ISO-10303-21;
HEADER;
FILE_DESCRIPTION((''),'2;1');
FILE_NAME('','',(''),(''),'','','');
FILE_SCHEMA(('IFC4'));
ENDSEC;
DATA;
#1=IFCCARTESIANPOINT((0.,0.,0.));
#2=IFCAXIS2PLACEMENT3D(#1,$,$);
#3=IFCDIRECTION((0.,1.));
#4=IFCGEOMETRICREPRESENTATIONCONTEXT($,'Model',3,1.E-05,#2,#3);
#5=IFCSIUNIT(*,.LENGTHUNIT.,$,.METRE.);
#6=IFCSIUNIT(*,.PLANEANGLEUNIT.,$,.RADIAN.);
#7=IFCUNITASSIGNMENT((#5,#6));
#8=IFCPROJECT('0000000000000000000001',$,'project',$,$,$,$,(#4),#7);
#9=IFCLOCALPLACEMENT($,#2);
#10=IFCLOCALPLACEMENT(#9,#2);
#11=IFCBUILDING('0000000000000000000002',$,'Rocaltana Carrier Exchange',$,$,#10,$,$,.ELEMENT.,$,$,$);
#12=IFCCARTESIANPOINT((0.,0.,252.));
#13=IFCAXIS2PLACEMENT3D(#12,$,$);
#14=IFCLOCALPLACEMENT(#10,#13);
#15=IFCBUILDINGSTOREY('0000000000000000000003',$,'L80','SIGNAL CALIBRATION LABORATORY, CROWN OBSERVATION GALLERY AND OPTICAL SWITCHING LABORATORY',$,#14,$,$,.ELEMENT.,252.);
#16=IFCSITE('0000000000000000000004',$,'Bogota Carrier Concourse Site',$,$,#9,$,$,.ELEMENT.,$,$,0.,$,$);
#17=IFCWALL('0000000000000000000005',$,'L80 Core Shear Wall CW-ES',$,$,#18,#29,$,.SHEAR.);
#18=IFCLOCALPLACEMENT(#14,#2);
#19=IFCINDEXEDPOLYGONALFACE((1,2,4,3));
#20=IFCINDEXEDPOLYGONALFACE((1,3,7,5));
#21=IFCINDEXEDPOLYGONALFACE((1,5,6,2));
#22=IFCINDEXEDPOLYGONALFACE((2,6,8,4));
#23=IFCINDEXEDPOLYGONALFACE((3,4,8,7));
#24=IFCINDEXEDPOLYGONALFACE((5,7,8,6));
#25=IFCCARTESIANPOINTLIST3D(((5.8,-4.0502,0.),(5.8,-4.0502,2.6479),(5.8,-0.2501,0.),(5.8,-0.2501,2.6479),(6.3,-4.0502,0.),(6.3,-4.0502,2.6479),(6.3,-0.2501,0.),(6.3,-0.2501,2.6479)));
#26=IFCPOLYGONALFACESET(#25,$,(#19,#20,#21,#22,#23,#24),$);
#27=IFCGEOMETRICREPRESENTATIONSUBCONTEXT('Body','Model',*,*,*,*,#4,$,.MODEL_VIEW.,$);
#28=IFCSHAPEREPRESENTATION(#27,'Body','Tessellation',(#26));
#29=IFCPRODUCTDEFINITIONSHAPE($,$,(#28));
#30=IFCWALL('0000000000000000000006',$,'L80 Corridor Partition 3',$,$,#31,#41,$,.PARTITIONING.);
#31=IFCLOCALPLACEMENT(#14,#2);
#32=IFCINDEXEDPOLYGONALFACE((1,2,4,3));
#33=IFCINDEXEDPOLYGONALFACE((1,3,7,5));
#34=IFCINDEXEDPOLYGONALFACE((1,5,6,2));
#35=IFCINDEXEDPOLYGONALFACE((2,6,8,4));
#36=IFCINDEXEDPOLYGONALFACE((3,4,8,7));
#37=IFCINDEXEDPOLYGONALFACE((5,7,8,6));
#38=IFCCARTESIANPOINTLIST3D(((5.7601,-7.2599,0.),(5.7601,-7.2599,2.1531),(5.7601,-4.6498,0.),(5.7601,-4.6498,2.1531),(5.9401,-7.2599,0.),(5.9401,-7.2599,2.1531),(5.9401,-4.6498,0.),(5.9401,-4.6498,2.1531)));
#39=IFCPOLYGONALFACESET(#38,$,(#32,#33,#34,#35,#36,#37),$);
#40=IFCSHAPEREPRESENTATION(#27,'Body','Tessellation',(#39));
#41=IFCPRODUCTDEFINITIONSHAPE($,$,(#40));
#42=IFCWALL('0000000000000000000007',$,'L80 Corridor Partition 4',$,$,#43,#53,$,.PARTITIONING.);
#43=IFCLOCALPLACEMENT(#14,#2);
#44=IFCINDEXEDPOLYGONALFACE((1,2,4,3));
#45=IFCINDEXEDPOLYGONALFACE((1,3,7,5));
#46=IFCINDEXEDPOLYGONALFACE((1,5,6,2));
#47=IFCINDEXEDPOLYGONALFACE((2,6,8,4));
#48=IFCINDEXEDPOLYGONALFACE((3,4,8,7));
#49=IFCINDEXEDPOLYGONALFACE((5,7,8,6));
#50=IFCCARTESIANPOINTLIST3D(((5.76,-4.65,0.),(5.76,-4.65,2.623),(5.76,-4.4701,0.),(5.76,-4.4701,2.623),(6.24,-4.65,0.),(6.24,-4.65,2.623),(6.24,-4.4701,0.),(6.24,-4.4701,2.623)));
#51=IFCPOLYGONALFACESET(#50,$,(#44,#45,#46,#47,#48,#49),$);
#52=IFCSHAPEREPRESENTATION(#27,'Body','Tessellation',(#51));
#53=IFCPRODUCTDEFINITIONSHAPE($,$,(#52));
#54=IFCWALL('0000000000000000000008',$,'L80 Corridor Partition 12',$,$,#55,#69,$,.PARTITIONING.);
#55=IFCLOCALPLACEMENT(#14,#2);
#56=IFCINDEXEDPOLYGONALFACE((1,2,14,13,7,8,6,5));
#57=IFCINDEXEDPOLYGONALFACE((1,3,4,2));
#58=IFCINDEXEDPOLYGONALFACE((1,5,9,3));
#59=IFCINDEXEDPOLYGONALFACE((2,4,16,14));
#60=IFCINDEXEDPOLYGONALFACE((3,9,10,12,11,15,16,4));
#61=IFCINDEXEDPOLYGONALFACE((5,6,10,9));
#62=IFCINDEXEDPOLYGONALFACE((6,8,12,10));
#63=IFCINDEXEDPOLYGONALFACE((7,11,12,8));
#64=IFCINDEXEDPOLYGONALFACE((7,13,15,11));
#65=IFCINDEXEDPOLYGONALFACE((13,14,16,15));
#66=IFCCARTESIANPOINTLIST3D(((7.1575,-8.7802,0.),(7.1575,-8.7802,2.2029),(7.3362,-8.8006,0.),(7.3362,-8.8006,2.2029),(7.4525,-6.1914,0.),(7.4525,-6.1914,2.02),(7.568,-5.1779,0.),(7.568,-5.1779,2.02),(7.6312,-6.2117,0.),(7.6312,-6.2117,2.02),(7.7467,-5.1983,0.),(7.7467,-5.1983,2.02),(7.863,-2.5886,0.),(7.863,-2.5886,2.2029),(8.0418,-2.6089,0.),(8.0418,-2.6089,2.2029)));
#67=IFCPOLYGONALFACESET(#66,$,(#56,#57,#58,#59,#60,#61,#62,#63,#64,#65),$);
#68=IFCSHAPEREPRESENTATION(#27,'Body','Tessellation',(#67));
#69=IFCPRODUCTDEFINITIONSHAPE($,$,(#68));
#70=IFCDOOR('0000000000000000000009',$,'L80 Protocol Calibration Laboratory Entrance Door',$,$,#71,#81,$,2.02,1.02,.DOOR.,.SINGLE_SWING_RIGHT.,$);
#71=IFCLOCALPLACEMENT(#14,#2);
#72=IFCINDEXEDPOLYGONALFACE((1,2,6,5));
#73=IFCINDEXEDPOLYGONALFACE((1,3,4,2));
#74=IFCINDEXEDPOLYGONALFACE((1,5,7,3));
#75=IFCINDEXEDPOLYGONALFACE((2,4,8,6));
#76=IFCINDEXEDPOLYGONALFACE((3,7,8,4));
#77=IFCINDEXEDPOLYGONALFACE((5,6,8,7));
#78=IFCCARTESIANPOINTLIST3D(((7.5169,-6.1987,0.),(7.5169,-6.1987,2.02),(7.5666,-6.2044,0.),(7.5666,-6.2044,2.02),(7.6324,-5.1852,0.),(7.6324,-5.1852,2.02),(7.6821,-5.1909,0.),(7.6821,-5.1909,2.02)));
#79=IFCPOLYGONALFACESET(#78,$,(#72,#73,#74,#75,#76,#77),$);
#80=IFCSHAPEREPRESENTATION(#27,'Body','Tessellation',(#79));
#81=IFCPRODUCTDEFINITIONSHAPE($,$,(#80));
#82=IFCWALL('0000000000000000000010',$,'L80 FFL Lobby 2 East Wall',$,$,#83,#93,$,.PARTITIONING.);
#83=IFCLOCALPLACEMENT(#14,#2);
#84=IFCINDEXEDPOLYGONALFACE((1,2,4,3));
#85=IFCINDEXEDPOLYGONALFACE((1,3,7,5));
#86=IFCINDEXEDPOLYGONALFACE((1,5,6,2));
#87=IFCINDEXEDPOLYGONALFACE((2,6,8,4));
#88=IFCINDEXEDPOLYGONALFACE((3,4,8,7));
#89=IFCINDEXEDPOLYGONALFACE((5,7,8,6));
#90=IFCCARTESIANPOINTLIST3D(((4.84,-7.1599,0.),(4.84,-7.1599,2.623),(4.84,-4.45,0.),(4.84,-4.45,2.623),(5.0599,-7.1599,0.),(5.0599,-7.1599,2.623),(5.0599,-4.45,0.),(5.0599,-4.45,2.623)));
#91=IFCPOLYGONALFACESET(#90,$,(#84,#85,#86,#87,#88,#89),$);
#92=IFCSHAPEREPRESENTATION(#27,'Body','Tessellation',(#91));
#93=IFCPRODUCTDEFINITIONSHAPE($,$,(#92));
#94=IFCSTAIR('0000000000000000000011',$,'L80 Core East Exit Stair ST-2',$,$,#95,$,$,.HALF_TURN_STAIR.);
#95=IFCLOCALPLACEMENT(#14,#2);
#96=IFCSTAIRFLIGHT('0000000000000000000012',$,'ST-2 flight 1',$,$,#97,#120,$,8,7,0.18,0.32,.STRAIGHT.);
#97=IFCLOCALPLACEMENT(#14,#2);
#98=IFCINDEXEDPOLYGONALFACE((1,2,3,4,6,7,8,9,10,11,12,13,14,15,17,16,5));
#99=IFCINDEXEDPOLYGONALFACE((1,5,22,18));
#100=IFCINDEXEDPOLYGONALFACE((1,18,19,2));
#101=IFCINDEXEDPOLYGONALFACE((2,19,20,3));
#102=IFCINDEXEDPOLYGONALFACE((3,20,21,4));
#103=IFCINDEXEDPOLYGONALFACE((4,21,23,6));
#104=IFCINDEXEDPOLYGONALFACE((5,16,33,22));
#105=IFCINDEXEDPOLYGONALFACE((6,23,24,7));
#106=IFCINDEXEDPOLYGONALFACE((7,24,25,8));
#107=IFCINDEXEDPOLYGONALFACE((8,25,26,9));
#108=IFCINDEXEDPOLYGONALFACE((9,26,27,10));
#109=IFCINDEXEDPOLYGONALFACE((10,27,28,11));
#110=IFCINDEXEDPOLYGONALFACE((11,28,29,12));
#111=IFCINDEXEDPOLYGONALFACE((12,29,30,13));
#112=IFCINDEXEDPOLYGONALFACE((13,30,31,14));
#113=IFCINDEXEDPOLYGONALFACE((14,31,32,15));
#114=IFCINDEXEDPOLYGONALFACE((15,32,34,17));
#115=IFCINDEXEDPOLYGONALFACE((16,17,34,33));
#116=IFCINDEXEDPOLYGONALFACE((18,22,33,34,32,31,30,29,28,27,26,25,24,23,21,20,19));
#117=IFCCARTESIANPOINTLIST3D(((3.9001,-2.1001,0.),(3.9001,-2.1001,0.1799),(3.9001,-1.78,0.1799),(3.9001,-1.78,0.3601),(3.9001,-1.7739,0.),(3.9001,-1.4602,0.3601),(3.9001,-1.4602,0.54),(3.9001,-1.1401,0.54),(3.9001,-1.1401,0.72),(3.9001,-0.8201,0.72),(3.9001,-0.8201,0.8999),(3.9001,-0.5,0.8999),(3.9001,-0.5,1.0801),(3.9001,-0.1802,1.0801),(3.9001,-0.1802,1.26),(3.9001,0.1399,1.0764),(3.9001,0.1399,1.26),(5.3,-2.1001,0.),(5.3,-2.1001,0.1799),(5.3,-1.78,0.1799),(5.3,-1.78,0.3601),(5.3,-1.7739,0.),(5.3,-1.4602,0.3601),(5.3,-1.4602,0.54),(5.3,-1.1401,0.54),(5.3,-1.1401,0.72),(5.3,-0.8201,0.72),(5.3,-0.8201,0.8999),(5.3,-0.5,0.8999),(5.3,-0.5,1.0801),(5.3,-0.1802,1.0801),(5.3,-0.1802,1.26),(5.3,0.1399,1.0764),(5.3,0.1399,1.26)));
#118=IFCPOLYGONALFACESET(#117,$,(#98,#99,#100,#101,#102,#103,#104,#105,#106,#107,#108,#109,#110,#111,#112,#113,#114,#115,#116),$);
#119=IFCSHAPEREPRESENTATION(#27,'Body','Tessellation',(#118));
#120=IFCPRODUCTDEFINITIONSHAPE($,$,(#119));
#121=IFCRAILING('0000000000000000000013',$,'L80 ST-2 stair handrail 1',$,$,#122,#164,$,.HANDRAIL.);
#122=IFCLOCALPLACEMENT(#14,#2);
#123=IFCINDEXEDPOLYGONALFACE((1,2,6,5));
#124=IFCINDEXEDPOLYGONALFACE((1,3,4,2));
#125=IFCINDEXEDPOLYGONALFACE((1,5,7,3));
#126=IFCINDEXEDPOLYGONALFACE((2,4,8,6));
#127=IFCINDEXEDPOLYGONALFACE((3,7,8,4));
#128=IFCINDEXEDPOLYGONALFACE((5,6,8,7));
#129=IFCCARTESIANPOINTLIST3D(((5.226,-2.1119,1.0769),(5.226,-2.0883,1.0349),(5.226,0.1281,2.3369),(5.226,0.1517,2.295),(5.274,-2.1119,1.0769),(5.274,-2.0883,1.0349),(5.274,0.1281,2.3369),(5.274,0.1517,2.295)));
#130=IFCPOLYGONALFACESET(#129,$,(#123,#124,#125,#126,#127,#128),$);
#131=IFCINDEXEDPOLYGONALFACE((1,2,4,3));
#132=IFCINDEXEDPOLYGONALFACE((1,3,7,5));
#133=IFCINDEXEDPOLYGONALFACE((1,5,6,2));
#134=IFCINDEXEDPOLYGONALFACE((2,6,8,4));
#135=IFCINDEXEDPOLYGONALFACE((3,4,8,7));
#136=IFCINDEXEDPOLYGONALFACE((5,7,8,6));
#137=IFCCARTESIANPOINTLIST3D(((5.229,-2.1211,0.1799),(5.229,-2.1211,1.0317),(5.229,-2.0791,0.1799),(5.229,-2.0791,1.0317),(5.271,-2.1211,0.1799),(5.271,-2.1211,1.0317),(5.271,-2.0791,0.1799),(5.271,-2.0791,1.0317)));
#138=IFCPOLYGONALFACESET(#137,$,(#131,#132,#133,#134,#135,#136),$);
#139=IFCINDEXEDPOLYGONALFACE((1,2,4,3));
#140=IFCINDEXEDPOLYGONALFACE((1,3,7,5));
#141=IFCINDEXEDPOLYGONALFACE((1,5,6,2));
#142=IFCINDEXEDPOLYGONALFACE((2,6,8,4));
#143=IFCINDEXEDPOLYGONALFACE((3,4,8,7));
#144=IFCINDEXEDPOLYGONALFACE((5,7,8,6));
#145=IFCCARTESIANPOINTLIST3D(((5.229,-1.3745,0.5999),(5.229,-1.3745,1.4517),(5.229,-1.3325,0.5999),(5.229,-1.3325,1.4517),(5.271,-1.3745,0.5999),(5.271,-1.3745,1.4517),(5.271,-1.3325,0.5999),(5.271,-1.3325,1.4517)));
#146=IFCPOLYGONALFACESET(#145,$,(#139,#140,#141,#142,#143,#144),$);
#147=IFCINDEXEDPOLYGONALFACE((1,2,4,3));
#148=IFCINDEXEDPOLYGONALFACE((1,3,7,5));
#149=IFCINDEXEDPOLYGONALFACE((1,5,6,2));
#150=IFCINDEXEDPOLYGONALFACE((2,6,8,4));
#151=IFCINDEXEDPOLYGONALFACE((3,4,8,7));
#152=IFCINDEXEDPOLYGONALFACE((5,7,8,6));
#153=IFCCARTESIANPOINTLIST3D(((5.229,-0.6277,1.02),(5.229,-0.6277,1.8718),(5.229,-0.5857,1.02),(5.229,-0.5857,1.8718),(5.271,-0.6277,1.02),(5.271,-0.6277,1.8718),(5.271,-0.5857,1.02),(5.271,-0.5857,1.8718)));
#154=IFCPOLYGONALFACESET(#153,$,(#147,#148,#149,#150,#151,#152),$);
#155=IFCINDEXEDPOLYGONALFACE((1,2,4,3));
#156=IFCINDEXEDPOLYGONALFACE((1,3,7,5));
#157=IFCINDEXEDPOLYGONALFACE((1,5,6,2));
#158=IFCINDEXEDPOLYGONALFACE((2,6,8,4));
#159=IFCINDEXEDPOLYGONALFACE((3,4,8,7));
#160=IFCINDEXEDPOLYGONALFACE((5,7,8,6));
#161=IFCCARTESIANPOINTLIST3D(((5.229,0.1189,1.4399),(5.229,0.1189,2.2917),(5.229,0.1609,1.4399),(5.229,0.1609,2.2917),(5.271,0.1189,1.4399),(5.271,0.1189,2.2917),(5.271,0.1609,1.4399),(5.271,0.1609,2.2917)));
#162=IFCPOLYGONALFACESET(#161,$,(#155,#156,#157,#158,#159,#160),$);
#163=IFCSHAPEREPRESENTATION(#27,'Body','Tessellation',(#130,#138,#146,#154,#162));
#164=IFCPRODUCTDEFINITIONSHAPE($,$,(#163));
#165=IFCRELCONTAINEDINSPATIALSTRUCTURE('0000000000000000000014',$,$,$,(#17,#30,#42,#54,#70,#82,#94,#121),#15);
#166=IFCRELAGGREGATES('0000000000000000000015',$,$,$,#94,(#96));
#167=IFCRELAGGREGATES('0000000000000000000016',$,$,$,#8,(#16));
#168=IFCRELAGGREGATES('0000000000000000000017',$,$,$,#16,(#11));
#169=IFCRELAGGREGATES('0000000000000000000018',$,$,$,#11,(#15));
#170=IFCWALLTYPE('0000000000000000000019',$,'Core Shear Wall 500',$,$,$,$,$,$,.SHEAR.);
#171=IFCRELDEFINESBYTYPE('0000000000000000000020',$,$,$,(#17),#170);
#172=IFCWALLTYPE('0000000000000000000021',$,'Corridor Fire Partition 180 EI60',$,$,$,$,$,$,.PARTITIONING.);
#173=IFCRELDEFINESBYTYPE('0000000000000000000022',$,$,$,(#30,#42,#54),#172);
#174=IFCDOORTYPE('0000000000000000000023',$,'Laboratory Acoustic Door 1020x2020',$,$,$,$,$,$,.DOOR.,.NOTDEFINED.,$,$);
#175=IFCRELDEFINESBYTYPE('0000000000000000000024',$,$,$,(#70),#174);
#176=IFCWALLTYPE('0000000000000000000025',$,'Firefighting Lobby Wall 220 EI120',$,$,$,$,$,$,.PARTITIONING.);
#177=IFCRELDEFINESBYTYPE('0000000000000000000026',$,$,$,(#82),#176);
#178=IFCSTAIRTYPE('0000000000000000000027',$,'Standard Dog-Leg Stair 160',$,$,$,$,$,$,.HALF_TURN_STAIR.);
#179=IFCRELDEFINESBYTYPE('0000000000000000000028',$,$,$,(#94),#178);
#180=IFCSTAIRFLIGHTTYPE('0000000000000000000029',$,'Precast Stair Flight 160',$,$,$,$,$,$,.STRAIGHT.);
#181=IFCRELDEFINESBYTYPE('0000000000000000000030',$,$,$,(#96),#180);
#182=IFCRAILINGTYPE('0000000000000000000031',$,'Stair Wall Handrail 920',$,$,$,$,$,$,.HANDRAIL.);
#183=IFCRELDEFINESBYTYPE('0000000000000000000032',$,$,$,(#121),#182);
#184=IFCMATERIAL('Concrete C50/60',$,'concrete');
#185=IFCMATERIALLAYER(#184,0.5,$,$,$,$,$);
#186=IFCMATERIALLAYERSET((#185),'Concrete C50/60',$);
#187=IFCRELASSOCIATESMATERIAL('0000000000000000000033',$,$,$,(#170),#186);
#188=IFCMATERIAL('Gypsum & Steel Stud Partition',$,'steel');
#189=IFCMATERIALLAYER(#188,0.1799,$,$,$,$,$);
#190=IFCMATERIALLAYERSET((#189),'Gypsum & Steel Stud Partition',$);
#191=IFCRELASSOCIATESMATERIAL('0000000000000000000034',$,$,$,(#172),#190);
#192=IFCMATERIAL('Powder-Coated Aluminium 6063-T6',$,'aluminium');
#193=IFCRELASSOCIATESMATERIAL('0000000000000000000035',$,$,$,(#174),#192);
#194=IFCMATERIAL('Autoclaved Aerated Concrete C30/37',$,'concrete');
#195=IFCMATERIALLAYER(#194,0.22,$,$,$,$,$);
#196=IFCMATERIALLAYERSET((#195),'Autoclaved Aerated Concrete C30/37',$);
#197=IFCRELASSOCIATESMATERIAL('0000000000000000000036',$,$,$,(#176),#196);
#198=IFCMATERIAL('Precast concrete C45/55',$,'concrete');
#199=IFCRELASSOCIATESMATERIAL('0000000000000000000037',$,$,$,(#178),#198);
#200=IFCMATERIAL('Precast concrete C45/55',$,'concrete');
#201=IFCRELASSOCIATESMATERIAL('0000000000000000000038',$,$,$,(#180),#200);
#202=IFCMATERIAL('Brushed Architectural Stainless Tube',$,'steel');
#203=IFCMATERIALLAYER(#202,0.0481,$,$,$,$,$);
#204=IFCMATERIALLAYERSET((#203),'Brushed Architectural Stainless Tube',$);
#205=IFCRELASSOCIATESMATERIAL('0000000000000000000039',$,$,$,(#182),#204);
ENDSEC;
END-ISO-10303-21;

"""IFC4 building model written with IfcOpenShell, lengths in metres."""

from ifc_helpers import new_model, si_unit, direction, frame, frame_2d, origin, origin_2d, place, context, subcontext, project, spatial, polyline, rectangle, outline, extrude, material, layer, layer_set, type_object, element, fill, aggregate, save


model = new_model("IFC4")

# Units and contexts
model_context = context("Model", 3, precision=1e-05, world=origin(), true_north=direction((0.0, 1.0)))
body_context = subcontext(model_context, "Body", "Model", "MODEL_VIEW")
ifc_project = project(units=[si_unit("LENGTHUNIT", "METRE"), si_unit("PLANEANGLEUNIT", "RADIAN")], contexts=[model_context])

# Site, building, storey
site_placement = place(None, origin())
site = spatial("IfcSite", under=ifc_project, at=site_placement, Name="Bogota Carrier Concourse Site", CompositionType="ELEMENT", RefElevation=0.0)
building_placement = place(site_placement, origin())
building = spatial("IfcBuilding", under=site, at=building_placement, Name="Rocaltana Carrier Exchange", CompositionType="ELEMENT")
storey_placement = place(building_placement, frame((0.0, 0.0, 252.0)))
storey = spatial("IfcBuildingStorey", under=building, at=storey_placement, Name="L80", Description="SIGNAL CALIBRATION LABORATORY, CROWN OBSERVATION GALLERY AND OPTICAL SWITCHING LABORATORY", CompositionType="ELEMENT", Elevation=252.0)

# Walls
ifc_material_1 = material(Name="Concrete C50/60", Category="concrete")
ifc_layer_1 = layer(ifc_material_1, 0.5)
ifc_layer_set_1 = layer_set([ifc_layer_1], Name="Concrete C50/60")
wall_type_1 = type_object("IfcWallType", Name="Core Shear Wall 500", PredefinedType="SHEAR", material=ifc_layer_set_1)
wall_1_placement = place(storey_placement, frame((6.05, -4.05, 0.0), z_axis=(0.0, 0.0, 1.0), x_axis=(0.0, 1.0, 0.0)))
element("IfcWall", 1, at=wall_1_placement, inside=storey, type_object=wall_type_1, Name="L80 Core Shear Wall CW-ES", PredefinedType="SHEAR", context=body_context, shape_type="SweptSolid", body=[
    extrude(rectangle(XDim=3.8, YDim=0.5, at=frame_2d((1.8999, 0.0))), origin(), (0.0, 0.0, 1.0), 2.6479),
])
ifc_material_2 = material(Name="Gypsum & Steel Stud Partition", Category="steel")
ifc_layer_2 = layer(ifc_material_2, 0.1799)
ifc_layer_set_2 = layer_set([ifc_layer_2], Name="Gypsum & Steel Stud Partition")
wall_type_2 = type_object("IfcWallType", Name="Corridor Fire Partition 180 EI60", PredefinedType="PARTITIONING", material=ifc_layer_set_2)
wall_2_placement = place(storey_placement, frame((5.8501, -7.26, 0.0), z_axis=(0.0, 0.0, 1.0), x_axis=(0.0, 1.0, 0.0)))
element("IfcWall", 2, at=wall_2_placement, inside=storey, type_object=wall_type_2, Name="L80 Corridor Partition 3", PredefinedType="PARTITIONING", context=body_context, shape_type="SweptSolid", body=[
    extrude(rectangle(XDim=2.6101, YDim=0.1799, at=frame_2d((1.3052, 0.0))), origin(), (0.0, 0.0, 1.0), 2.1531),
])
wall_3_placement = place(storey_placement, frame((5.76, -4.5601, 0.0), z_axis=(0.0, 0.0, 1.0), x_axis=(1.0, 0.0, 0.0)))
element("IfcWall", 3, at=wall_3_placement, inside=storey, type_object=wall_type_2, Name="L80 Corridor Partition 4", PredefinedType="PARTITIONING", context=body_context, shape_type="SweptSolid", body=[
    extrude(rectangle(XDim=0.48, YDim=0.1799, at=frame_2d((0.24, 0.0))), origin(), (0.0, 0.0, 1.0), 2.623),
])

# Wall, opening, door
wall_4_placement = place(storey_placement, frame((7.9524, -2.5989, 0.0), z_axis=(0.0, 0.0, 1.0), x_axis=(-0.113222, -0.99357, 0.0)))
wall_4 = element("IfcWall", 4, at=wall_4_placement, inside=storey, type_object=wall_type_2, Name="L80 Corridor Partition 12", PredefinedType="PARTITIONING", context=body_context, shape_type="SweptSolid", body=[
    extrude(rectangle(XDim=6.2317, YDim=0.1799, at=frame_2d((3.1157, 0.0))), origin(), (0.0, 0.0, 1.0), 2.2029),
])
opening_placement = place(wall_4_placement, frame((2.606, 0.0, 0.0)))
opening = element("IfcOpeningElement", 5, at=opening_placement, cuts=wall_4, PredefinedType="OPENING", context=body_context, shape_type="SweptSolid", body=[
    extrude(rectangle(XDim=1.02, YDim=2.02, at=frame_2d((0.51, 1.01))), frame((0.0, 0.0999, 0.0), z_axis=(0.0, -1.0, 0.0), x_axis=(1.0, 0.0, 0.0)), (0.0, 0.0, 1.0), 0.2),
])
ifc_material_3 = material(Name="Powder-Coated Aluminium 6063-T6", Category="aluminium")
door_type = type_object("IfcDoorType", Name="Laboratory Acoustic Door 1020x2020", OperationType="NOTDEFINED", PredefinedType="DOOR", material=ifc_material_3)
door_placement = place(opening_placement, origin())
door = element("IfcDoor", 6, at=door_placement, inside=storey, type_object=door_type, Name="L80 Protocol Calibration Laboratory Entrance Door", OperationType="SINGLE_SWING_RIGHT", OverallHeight=2.02, OverallWidth=1.02, PredefinedType="DOOR", context=body_context, shape_type="SweptSolid", body=[
    extrude(rectangle(XDim=1.02, YDim=2.02, at=frame_2d((0.51, 1.01))), frame((0.0, 0.0249, 0.0), z_axis=(0.0, -1.0, 0.0), x_axis=(1.0, 0.0, 0.0)), (0.0, 0.0, 1.0), 0.05),
])
fill(opening, door)

# Wall
ifc_material_4 = material(Name="Autoclaved Aerated Concrete C30/37", Category="concrete")
ifc_layer_3 = layer(ifc_material_4, 0.22)
ifc_layer_set_3 = layer_set([ifc_layer_3], Name="Autoclaved Aerated Concrete C30/37")
wall_type_3 = type_object("IfcWallType", Name="Firefighting Lobby Wall 220 EI120", PredefinedType="PARTITIONING", material=ifc_layer_set_3)
wall_5_placement = place(storey_placement, frame((4.95, -7.1599, 0.0), z_axis=(0.0, 0.0, 1.0), x_axis=(0.0, 1.0, 0.0)))
element("IfcWall", 7, at=wall_5_placement, inside=storey, type_object=wall_type_3, Name="L80 FFL Lobby 2 East Wall", PredefinedType="PARTITIONING", context=body_context, shape_type="SweptSolid", body=[
    extrude(rectangle(XDim=2.71, YDim=0.22, at=frame_2d((1.355, 0.0))), origin(), (0.0, 0.0, 1.0), 2.623),
])

# Stair, stair flight
ifc_material_5 = material(Name="Precast concrete C45/55", Category="concrete")
stair_type = type_object("IfcStairType", Name="Standard Dog-Leg Stair 160", PredefinedType="HALF_TURN_STAIR", material=ifc_material_5)
stair_placement = place(storey_placement, origin())
stair = element("IfcStair", 8, at=stair_placement, inside=storey, type_object=stair_type, Name="L80 Core East Exit Stair ST-2", PredefinedType="HALF_TURN_STAIR")
ifc_material_6 = material(Name="Precast concrete C45/55", Category="concrete")
stair_flight_type = type_object("IfcStairFlightType", Name="Precast Stair Flight 160", PredefinedType="STRAIGHT", material=ifc_material_6)
stair_flight_placement = place(storey_placement, frame((4.6001, -2.1001, 0.0), z_axis=(0.0, 0.0, 1.0), x_axis=(0.0, 1.0, 0.0)))
stair_flight = element("IfcStairFlight", 9, at=stair_flight_placement, type_object=stair_flight_type, Name="ST-2 flight 1", NumberOfRisers=8, NumberOfTreads=7, PredefinedType="STRAIGHT", RiserHeight=0.18, TreadLength=0.32, context=body_context, shape_type="SweptSolid", body=[
    extrude(outline(polyline([(0.0, 0.0), (0.0, 0.1799), (0.3201, 0.1799), (0.3201, 0.3601), (0.6399, 0.3601), (0.6399, 0.54), (0.96, 0.54), (0.96, 0.72), (1.28, 0.72), (1.28, 0.8999), (1.6001, 0.8999), (1.6001, 1.0801), (1.9199, 1.0801), (1.9199, 1.26), (2.24, 1.26), (2.24, 1.4399), (2.24, 1.0764), (0.3262, 0.0), (0.0, 0.0)])), frame((0.0, 0.7, 0.0), z_axis=(0.0, -1.0, 0.0), x_axis=(1.0, 0.0, 0.0)), (0.0, 0.0, 1.0), 1.3999),
])
aggregate(stair, [stair_flight])

# Railing
ifc_material_7 = material(Name="Brushed Architectural Stainless Tube", Category="steel")
ifc_layer_4 = layer(ifc_material_7, 0.0481)
ifc_layer_set_4 = layer_set([ifc_layer_4], Name="Brushed Architectural Stainless Tube")
railing_type_1 = type_object("IfcRailingType", Name="Stair Wall Handrail 920", PredefinedType="HANDRAIL", material=ifc_layer_set_4)
railing_1_placement = place(storey_placement, frame((5.25, -2.1001, 0.1799)))
element("IfcRailing", 10, at=railing_1_placement, inside=storey, type_object=railing_type_1, Name="L80 ST-2 stair handrail 1", PredefinedType="HANDRAIL", context=body_context, shape_type="SweptSolid", body=[
    extrude(rectangle(XDim=0.0481, YDim=0.0481, at=origin_2d()), frame((0.0, 0.0, 0.876), z_axis=(0.0, 0.871573, 0.490266), x_axis=(-1.0, 0.0, 0.0)), (0.0, 0.0, 1.0), 2.5701),
    extrude(rectangle(XDim=0.042, YDim=0.042, at=origin_2d()), origin(), (0.0, 0.0, 1.0), 0.8518),
    extrude(rectangle(XDim=0.042, YDim=0.042, at=origin_2d()), frame((0.0, 0.7466, 0.4199)), (0.0, 0.0, 1.0), 0.8518),
    extrude(rectangle(XDim=0.042, YDim=0.042, at=origin_2d()), frame((0.0, 1.4934, 0.8401)), (0.0, 0.0, 1.0), 0.8518),
    extrude(rectangle(XDim=0.042, YDim=0.042, at=origin_2d()), frame((0.0, 2.24, 1.26)), (0.0, 0.0, 1.0), 0.8518),
])

save(model, "model.ifc")
